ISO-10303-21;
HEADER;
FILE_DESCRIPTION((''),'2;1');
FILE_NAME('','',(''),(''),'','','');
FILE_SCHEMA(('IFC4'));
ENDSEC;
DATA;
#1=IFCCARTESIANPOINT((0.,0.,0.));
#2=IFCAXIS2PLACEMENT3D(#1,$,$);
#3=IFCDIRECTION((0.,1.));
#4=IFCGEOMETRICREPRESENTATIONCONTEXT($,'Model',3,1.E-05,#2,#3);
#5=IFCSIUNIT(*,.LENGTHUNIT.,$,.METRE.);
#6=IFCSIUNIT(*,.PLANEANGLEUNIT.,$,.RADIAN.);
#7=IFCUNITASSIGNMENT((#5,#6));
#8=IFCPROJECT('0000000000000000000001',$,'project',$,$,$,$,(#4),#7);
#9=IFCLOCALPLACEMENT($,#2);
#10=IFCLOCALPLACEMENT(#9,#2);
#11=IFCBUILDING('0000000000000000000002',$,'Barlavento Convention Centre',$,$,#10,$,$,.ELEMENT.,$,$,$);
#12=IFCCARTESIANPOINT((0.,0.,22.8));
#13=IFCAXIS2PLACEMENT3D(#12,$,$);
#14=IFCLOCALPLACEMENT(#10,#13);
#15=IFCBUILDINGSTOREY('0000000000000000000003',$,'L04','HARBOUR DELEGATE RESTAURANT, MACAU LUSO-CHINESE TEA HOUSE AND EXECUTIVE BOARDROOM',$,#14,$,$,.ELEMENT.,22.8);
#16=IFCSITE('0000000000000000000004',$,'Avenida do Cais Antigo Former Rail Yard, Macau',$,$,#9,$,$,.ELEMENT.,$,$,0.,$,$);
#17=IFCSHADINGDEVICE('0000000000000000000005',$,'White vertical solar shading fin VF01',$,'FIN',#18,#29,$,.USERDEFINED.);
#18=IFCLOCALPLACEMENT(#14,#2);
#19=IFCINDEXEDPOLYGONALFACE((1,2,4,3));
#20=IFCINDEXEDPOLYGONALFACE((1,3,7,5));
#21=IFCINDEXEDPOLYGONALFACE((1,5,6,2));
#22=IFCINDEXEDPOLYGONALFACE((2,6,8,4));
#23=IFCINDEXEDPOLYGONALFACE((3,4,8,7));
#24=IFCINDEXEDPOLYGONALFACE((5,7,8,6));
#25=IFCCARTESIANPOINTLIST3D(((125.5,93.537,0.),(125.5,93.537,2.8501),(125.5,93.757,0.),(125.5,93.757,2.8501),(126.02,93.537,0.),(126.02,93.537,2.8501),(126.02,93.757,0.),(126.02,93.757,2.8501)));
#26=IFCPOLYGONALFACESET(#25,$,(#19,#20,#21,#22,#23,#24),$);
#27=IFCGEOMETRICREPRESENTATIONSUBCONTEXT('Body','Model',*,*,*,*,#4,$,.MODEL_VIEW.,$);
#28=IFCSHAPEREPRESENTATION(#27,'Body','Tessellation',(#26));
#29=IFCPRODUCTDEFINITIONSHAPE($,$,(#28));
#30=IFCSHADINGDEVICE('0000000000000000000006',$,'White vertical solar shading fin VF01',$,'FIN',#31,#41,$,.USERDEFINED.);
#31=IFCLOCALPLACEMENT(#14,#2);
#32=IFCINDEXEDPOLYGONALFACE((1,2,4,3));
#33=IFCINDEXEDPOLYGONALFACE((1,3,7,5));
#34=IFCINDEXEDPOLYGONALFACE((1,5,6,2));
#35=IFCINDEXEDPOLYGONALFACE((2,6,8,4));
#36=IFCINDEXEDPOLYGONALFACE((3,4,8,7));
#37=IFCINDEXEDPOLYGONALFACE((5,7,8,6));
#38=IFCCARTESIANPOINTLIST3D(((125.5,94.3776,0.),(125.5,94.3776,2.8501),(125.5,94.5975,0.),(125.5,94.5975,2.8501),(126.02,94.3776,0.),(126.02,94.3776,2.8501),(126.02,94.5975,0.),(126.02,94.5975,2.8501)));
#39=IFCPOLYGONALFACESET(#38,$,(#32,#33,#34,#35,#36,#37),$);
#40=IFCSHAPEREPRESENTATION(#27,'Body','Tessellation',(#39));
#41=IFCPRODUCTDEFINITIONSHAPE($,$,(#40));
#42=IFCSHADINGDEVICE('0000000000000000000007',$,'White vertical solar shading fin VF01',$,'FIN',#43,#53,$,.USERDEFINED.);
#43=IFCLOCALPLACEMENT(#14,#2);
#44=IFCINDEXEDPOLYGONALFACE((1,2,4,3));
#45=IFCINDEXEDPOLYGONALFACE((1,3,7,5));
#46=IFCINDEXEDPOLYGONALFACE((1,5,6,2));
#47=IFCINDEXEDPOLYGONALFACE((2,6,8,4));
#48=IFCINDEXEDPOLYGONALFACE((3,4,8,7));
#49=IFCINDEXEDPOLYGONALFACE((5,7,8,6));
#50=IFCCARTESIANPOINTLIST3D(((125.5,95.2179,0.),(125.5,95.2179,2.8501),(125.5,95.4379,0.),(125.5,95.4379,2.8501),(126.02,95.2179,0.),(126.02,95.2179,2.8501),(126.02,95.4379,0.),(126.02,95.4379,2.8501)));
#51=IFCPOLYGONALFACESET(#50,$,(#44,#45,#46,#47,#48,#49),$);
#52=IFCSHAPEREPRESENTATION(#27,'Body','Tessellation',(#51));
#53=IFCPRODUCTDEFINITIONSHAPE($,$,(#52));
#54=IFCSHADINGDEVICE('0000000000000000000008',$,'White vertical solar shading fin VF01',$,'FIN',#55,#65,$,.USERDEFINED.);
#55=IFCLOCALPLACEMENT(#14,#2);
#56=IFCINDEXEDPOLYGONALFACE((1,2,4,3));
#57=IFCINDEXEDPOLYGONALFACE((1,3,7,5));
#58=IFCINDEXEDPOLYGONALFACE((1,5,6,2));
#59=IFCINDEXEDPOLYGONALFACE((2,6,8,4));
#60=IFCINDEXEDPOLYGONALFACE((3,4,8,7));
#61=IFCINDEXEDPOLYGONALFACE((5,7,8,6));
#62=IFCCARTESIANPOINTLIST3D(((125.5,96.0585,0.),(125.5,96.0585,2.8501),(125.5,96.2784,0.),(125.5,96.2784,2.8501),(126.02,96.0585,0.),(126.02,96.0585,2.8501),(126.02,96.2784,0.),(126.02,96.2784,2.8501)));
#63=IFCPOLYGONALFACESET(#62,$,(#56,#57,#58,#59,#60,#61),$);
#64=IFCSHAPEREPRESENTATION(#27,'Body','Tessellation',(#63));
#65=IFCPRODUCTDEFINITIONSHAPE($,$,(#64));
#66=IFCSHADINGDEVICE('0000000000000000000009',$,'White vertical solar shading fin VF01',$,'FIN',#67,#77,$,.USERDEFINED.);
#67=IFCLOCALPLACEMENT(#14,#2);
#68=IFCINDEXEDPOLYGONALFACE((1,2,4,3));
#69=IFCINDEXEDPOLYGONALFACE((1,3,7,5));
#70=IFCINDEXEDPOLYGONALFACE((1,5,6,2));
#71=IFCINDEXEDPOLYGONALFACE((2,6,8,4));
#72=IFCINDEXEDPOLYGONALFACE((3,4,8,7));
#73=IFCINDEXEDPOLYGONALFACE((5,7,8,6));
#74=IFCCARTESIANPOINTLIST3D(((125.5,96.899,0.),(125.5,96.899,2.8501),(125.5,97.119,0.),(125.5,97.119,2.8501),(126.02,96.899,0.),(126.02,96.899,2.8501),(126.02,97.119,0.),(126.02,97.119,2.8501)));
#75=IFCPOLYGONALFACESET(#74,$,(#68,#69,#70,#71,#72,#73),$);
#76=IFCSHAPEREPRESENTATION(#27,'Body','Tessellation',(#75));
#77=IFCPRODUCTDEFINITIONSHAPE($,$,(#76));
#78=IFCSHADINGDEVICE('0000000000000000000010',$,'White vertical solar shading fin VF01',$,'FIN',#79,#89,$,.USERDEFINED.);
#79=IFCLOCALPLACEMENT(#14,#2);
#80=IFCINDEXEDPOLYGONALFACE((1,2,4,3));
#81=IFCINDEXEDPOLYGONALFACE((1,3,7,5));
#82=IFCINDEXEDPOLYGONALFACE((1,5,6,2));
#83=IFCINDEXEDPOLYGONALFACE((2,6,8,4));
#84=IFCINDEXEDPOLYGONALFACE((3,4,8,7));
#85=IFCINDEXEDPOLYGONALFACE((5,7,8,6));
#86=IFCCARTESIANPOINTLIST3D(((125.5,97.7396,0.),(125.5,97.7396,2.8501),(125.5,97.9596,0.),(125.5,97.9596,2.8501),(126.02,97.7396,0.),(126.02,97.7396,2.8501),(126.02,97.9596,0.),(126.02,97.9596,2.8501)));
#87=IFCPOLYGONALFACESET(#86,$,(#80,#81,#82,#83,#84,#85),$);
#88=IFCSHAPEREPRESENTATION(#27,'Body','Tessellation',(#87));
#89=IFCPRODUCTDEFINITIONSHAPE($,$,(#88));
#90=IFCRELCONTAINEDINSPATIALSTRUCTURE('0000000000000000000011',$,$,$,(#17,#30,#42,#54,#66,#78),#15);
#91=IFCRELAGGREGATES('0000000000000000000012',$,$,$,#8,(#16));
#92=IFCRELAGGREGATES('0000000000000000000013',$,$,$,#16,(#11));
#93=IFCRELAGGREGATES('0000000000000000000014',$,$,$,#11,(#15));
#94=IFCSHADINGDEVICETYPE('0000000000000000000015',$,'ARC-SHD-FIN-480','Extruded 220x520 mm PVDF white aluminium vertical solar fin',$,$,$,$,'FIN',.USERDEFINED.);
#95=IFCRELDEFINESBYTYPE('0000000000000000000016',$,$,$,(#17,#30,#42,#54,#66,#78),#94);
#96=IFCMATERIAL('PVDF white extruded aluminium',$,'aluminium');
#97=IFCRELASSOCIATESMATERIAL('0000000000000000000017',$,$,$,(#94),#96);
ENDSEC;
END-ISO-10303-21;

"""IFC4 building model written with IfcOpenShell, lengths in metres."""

from ifc_helpers import new_model, si_unit, direction, frame, origin, origin_2d, place, context, subcontext, project, spatial, rectangle, extrude, material, type_object, element, save


model = new_model("IFC4")

# Units and contexts
model_context = context("Model", 3, precision=1e-05, world=origin(), true_north=direction((0.0, 1.0)))
body_context = subcontext(model_context, "Body", "Model", "MODEL_VIEW")
ifc_project = project(units=[si_unit("LENGTHUNIT", "METRE"), si_unit("PLANEANGLEUNIT", "RADIAN")], contexts=[model_context])

# Site, building, storey
site_placement = place(None, origin())
site = spatial("IfcSite", under=ifc_project, at=site_placement, Name="Avenida do Cais Antigo Former Rail Yard, Macau", CompositionType="ELEMENT", RefElevation=0.0)
building_placement = place(site_placement, origin())
building = spatial("IfcBuilding", under=site, at=building_placement, Name="Barlavento Convention Centre", CompositionType="ELEMENT")
storey_placement = place(building_placement, frame((0.0, 0.0, 22.8)))
storey = spatial("IfcBuildingStorey", under=building, at=storey_placement, Name="L04", Description="HARBOUR DELEGATE RESTAURANT, MACAU LUSO-CHINESE TEA HOUSE AND EXECUTIVE BOARDROOM", CompositionType="ELEMENT", Elevation=22.8)

# Shading devices
ifc_material_1 = material(Name="PVDF white extruded aluminium", Category="aluminium")
shading_device_type = type_object("IfcShadingDeviceType", Name="ARC-SHD-FIN-480", Description="Extruded 220x520 mm PVDF white aluminium vertical solar fin", ElementType="FIN", PredefinedType="USERDEFINED", material=ifc_material_1)
for number, where, z_axis, x_axis, name in (
    (1, (125.76, 93.647, 0.0), (0.0, 0.0, 1.0), (0.0, 1.0, 0.0), "White vertical solar shading fin VF01"),
    (2, (125.76, 94.4875, 0.0), (0.0, 0.0, 1.0), (0.0, 1.0, 0.0), "White vertical solar shading fin VF01"),
    (3, (125.76, 95.3279, 0.0), (0.0, 0.0, 1.0), (0.0, 1.0, 0.0), "White vertical solar shading fin VF01"),
    (4, (125.76, 96.1685, 0.0), (0.0, 0.0, 1.0), (0.0, 1.0, 0.0), "White vertical solar shading fin VF01"),
    (5, (125.76, 97.009, 0.0), (0.0, 0.0, 1.0), (0.0, 1.0, 0.0), "White vertical solar shading fin VF01"),
    (6, (125.76, 97.8496, 0.0), (0.0, 0.0, 1.0), (0.0, 1.0, 0.0), "White vertical solar shading fin VF01"),
):
    element("IfcShadingDevice", number, at=place(storey_placement, frame(where, z_axis=z_axis, x_axis=x_axis)), inside=storey, type_object=shading_device_type, Name=name, ObjectType="FIN", PredefinedType="USERDEFINED", context=body_context, shape_type="SweptSolid", body=[
        extrude(rectangle(XDim=0.22, YDim=0.52, at=origin_2d()), origin(), (0.0, 0.0, 1.0), 2.8501),
    ])

save(model, "model.ifc")
